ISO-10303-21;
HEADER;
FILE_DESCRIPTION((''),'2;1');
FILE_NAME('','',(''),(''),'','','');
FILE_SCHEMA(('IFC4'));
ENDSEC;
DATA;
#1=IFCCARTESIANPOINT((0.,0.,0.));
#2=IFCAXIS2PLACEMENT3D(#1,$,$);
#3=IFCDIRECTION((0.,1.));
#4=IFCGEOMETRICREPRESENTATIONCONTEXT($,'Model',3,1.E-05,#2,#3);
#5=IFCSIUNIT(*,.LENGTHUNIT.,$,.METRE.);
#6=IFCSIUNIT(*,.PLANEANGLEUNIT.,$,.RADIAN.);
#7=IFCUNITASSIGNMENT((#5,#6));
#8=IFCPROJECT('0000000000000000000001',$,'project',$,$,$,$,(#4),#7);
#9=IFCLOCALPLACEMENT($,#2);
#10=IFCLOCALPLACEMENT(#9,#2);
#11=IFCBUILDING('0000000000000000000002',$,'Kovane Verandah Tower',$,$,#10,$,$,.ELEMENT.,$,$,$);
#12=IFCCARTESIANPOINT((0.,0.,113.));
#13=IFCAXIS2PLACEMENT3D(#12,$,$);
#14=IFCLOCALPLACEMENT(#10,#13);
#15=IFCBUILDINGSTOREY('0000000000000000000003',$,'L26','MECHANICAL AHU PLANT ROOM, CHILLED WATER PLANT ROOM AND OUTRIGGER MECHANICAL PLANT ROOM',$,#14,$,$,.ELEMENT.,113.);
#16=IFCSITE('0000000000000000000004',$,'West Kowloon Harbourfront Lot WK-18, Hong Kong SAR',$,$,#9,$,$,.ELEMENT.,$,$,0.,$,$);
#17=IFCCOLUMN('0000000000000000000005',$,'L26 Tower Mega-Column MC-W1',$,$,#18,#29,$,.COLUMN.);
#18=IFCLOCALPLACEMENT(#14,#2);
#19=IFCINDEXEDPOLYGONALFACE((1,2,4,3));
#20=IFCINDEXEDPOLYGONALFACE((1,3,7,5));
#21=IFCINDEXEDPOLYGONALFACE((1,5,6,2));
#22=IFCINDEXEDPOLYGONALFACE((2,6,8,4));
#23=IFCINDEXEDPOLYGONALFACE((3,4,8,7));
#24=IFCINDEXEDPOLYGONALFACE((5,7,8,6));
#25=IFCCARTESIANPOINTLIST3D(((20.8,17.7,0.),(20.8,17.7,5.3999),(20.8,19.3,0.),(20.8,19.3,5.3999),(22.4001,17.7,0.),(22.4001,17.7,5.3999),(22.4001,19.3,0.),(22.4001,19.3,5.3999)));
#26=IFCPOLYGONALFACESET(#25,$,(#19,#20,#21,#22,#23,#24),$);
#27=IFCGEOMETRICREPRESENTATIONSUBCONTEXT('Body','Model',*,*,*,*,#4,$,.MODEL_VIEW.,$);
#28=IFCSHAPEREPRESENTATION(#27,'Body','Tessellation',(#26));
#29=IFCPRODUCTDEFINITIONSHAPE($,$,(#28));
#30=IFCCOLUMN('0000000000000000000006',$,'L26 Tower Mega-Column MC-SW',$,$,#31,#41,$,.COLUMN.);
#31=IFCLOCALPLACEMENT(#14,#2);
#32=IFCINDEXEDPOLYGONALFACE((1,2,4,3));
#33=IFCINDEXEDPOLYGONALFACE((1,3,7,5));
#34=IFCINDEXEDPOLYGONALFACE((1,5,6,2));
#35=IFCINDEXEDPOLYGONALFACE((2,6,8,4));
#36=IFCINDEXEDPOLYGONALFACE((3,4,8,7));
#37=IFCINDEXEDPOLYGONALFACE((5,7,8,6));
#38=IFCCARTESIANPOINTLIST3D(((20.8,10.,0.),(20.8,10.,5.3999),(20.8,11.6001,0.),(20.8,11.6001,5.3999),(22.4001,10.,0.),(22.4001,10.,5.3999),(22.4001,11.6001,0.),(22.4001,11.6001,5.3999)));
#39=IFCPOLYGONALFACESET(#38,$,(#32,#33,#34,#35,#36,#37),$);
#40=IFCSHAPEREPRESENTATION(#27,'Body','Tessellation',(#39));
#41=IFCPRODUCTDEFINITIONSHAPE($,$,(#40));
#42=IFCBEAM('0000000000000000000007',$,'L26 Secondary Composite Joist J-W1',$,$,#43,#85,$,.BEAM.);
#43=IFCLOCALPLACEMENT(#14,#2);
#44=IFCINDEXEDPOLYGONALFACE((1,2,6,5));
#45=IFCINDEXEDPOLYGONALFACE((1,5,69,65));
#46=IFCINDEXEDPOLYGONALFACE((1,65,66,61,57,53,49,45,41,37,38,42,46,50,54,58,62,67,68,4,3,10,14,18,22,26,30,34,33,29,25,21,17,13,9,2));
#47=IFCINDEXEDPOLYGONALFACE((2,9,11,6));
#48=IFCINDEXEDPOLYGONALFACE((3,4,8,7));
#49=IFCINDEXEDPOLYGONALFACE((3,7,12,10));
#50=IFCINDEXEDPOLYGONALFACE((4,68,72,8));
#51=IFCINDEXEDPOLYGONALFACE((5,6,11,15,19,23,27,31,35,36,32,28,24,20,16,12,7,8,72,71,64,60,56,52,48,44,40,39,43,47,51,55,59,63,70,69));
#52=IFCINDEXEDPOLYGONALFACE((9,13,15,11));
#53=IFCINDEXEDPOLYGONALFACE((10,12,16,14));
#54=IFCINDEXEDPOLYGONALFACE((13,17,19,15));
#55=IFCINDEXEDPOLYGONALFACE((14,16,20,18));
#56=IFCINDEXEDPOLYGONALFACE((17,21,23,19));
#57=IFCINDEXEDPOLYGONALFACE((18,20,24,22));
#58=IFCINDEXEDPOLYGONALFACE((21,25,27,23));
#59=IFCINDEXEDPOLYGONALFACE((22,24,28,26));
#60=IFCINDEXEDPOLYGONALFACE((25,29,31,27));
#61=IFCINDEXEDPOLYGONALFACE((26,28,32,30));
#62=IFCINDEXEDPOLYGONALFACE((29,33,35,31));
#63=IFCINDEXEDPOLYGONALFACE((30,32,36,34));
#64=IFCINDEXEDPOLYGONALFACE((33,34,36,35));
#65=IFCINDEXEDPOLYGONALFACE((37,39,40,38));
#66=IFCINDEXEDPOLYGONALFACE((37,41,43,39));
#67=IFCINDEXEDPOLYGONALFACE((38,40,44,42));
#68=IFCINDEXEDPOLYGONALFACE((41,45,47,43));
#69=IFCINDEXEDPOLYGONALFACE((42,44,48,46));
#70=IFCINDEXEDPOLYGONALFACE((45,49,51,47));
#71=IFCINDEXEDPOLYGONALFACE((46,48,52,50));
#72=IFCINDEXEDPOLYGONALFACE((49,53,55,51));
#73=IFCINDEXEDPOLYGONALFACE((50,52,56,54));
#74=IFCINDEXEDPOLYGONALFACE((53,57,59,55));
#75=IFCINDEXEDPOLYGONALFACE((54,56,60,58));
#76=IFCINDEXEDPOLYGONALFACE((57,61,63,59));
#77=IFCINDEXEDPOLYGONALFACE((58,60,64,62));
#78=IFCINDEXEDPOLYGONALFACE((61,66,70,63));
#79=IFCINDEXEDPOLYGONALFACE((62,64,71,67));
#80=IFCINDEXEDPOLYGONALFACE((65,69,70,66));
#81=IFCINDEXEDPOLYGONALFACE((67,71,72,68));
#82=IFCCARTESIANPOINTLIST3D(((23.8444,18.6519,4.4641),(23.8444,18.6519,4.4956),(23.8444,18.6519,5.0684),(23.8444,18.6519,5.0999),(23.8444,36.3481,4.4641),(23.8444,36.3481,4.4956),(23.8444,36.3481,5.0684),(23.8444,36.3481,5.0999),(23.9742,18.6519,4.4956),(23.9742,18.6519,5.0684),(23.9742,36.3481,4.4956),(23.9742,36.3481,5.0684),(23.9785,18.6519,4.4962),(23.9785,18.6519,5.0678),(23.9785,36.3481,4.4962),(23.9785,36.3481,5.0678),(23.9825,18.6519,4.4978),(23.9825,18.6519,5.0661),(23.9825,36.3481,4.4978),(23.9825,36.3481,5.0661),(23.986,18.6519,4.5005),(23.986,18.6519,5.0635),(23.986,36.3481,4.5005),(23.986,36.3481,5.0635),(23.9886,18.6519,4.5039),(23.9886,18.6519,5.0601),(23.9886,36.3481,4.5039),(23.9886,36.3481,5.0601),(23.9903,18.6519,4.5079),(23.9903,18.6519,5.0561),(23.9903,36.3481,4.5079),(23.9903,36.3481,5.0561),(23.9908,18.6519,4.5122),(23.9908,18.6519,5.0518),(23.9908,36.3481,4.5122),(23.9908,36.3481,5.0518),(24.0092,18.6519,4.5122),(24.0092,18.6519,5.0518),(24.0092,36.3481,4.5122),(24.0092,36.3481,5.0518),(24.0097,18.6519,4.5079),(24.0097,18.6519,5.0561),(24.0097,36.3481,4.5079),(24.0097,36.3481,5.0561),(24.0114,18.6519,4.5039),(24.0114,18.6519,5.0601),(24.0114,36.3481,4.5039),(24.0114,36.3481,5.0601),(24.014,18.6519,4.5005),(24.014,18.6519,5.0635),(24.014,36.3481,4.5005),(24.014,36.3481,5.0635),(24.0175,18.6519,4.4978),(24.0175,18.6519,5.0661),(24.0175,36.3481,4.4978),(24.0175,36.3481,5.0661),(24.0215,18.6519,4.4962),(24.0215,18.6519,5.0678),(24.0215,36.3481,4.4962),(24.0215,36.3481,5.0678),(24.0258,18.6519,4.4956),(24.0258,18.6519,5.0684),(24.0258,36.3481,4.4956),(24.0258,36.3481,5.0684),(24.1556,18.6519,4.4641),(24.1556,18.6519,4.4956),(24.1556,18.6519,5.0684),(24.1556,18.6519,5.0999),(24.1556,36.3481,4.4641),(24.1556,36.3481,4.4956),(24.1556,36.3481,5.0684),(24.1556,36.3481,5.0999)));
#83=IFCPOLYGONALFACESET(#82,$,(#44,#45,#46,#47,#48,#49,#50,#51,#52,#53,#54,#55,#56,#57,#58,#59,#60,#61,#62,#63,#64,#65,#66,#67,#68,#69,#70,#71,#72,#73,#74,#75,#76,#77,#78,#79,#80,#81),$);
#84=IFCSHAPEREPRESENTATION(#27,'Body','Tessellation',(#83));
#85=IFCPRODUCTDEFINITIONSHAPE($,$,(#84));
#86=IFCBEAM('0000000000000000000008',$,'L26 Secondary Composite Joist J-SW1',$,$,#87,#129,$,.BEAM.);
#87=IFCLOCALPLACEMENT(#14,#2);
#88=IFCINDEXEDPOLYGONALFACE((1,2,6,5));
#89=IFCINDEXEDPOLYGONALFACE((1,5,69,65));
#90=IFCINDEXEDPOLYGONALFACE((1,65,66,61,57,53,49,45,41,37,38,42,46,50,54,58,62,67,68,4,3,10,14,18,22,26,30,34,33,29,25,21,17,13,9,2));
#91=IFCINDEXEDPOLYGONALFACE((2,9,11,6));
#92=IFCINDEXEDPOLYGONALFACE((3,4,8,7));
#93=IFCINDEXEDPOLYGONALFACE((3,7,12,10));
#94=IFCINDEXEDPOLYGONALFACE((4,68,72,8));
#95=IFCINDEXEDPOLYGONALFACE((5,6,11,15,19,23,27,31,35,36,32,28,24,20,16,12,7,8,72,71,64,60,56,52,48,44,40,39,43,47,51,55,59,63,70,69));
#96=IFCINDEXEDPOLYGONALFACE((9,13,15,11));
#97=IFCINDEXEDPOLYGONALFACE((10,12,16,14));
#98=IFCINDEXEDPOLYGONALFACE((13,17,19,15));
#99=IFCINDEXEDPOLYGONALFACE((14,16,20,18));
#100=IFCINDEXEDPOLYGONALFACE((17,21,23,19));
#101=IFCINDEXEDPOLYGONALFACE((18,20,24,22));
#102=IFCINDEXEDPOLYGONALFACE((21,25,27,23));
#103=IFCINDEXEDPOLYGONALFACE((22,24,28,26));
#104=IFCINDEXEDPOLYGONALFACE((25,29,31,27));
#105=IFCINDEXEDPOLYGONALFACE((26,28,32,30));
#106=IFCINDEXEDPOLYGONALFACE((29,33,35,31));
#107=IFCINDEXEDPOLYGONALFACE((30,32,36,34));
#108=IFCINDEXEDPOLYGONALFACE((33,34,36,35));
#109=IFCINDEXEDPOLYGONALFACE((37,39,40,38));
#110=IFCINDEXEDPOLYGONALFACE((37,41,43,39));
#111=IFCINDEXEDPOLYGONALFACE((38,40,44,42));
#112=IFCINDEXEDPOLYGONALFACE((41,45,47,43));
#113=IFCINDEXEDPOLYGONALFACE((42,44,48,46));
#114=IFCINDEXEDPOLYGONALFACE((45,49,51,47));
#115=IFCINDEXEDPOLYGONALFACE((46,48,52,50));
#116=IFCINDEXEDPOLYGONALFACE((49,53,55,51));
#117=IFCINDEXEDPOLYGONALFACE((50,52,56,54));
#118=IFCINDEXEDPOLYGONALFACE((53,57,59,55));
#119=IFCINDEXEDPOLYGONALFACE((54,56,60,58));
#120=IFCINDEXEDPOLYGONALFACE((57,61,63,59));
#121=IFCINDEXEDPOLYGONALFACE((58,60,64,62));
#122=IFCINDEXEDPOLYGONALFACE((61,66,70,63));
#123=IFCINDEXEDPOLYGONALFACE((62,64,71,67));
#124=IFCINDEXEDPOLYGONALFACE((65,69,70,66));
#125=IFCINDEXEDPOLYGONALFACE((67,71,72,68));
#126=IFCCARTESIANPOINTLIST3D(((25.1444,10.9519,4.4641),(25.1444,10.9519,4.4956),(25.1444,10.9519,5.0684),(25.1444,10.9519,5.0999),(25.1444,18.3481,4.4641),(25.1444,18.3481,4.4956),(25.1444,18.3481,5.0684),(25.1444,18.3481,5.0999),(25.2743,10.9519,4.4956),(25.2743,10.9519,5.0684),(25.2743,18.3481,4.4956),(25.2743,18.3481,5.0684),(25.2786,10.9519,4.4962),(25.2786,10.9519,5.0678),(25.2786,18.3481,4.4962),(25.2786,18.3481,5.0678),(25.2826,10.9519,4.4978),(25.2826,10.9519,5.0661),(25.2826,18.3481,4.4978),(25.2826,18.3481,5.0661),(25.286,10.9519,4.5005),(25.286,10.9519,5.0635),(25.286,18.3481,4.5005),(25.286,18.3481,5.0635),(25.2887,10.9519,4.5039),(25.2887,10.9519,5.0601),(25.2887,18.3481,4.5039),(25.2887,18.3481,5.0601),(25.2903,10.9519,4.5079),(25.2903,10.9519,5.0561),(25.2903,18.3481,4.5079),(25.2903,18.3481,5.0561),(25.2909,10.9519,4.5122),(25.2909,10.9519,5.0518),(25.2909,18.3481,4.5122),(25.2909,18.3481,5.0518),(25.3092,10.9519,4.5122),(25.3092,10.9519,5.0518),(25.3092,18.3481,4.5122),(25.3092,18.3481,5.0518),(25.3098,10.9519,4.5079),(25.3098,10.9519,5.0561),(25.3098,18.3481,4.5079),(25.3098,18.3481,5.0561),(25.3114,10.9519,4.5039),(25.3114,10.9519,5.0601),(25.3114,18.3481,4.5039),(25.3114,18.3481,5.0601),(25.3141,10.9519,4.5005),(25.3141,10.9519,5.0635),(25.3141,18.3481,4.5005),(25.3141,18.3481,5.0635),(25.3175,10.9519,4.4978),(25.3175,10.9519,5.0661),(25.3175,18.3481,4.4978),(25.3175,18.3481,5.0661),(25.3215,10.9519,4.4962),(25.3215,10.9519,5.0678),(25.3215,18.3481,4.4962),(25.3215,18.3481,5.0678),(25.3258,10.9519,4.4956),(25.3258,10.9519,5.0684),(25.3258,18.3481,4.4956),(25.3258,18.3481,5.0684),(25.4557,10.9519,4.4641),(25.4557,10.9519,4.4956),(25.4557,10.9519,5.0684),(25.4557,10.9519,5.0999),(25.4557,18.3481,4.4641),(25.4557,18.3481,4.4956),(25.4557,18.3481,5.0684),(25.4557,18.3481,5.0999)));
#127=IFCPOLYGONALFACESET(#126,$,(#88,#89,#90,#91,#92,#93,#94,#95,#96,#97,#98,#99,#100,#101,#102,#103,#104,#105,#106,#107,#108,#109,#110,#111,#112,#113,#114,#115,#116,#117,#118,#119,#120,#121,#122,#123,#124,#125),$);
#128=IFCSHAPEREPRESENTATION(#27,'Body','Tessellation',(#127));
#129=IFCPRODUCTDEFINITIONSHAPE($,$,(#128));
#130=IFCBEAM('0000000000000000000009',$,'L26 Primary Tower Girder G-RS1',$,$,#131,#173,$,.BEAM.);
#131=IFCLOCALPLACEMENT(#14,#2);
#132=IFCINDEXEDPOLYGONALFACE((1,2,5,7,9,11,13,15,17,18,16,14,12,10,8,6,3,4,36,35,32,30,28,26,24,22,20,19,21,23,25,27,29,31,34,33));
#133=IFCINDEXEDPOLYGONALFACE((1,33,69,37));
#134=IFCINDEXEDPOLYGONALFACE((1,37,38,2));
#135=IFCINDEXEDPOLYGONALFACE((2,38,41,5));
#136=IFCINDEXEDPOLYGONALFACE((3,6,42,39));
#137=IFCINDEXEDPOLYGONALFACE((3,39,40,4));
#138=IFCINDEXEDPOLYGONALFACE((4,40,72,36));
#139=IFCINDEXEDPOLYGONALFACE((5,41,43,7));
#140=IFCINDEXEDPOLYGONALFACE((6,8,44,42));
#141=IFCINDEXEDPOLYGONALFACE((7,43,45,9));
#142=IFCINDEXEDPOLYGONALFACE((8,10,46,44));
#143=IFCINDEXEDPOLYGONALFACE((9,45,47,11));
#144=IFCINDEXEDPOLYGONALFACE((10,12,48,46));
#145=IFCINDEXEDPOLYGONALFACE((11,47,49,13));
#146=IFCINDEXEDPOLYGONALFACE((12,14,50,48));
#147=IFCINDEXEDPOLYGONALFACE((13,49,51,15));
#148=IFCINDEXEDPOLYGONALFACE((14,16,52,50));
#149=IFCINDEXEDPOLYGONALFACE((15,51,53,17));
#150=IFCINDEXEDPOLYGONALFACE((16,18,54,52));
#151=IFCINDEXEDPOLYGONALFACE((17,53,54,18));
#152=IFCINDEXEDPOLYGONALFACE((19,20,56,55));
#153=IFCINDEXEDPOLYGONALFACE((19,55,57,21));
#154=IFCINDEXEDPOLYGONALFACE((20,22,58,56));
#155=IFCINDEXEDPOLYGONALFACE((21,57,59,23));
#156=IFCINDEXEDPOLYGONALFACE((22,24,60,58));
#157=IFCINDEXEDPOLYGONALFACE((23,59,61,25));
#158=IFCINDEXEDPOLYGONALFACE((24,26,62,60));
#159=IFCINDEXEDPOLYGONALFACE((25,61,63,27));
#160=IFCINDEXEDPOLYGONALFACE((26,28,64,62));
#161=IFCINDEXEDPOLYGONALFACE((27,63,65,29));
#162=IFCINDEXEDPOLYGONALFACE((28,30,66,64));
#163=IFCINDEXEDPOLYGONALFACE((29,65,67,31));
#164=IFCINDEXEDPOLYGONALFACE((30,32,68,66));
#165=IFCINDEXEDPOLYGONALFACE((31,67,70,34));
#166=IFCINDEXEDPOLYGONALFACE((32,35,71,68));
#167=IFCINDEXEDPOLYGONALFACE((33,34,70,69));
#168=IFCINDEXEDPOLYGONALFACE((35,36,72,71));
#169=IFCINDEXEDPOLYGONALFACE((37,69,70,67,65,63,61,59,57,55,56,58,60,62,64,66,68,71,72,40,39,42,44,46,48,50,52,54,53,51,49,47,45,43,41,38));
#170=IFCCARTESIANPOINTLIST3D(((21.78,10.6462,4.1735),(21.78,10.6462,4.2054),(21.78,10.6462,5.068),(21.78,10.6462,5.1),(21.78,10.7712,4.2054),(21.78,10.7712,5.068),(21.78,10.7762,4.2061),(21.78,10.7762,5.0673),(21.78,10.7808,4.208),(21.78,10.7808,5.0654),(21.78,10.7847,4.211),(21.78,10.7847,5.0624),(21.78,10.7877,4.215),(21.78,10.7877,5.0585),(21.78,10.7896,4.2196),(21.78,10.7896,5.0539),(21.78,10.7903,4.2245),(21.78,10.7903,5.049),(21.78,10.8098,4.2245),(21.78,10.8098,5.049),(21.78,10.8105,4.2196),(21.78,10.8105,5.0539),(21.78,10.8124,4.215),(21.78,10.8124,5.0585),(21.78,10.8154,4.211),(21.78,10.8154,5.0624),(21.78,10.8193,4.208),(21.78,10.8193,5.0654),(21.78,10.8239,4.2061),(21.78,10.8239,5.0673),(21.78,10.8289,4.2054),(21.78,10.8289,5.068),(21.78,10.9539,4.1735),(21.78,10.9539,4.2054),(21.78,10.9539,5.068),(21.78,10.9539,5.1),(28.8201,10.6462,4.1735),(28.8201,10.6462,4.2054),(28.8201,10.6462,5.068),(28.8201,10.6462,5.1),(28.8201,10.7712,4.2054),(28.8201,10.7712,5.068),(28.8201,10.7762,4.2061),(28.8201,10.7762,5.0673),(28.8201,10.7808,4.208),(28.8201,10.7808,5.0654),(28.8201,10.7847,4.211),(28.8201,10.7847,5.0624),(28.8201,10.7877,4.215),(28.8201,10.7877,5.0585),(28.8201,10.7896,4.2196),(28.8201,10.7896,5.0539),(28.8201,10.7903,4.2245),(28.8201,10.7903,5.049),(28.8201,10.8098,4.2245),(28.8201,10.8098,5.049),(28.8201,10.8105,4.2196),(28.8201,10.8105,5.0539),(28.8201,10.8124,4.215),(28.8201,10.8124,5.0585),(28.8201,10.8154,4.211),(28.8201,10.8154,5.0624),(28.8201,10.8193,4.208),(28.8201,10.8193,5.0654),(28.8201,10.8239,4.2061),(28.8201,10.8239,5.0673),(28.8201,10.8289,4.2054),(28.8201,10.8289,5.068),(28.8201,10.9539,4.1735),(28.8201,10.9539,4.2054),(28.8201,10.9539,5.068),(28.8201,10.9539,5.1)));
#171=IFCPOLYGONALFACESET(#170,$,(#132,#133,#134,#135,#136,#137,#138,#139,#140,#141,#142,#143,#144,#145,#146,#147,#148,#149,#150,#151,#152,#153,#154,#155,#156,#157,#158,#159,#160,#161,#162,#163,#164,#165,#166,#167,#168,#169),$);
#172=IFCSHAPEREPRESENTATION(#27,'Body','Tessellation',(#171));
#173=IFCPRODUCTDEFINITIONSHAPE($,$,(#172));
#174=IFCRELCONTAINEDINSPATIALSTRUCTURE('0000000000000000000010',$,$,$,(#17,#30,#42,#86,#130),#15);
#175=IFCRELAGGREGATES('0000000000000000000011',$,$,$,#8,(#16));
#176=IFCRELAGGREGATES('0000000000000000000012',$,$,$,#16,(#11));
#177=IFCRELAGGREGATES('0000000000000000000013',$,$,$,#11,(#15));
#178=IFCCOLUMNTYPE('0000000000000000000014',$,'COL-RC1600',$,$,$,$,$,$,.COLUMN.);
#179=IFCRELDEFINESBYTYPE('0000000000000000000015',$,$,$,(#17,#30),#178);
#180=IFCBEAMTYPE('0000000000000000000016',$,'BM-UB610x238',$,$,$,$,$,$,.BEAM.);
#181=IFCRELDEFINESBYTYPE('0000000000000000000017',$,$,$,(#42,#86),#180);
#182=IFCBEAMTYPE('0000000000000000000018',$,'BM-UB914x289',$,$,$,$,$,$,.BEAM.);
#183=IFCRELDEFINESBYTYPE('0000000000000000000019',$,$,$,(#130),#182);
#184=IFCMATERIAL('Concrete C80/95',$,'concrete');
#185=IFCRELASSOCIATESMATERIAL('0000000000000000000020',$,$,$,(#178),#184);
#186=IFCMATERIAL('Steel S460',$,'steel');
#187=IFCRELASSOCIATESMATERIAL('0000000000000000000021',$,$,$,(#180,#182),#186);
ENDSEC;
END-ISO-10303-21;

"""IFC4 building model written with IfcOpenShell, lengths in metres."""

from ifc_helpers import new_model, si_unit, direction, frame, origin, origin_2d, place, context, subcontext, project, spatial, rectangle, i_section, extrude, material, material_profile, profile_set, type_object, element, save


model = new_model("IFC4")

# Units and contexts
model_context = context("Model", 3, precision=1e-05, world=origin(), true_north=direction((0.0, 1.0)))
body_context = subcontext(model_context, "Body", "Model", "MODEL_VIEW")
ifc_project = project(units=[si_unit("LENGTHUNIT", "METRE"), si_unit("PLANEANGLEUNIT", "RADIAN")], contexts=[model_context])

# Site, building, storey
site_placement = place(None, origin())
site = spatial("IfcSite", under=ifc_project, at=site_placement, Name="West Kowloon Harbourfront Lot WK-18, Hong Kong SAR", CompositionType="ELEMENT", RefElevation=0.0)
building_placement = place(site_placement, origin())
building = spatial("IfcBuilding", under=site, at=building_placement, Name="Kovane Verandah Tower", CompositionType="ELEMENT")
storey_placement = place(building_placement, frame((0.0, 0.0, 113.0)))
storey = spatial("IfcBuildingStorey", under=building, at=storey_placement, Name="L26", Description="MECHANICAL AHU PLANT ROOM, CHILLED WATER PLANT ROOM AND OUTRIGGER MECHANICAL PLANT ROOM", CompositionType="ELEMENT", Elevation=113.0)

# Columns
ifc_material_1 = material(Name="Concrete C80/95", Category="concrete")
ifc_material_profile_1 = material_profile(ifc_material_1, rectangle(XDim=1.6001, YDim=1.6001, at=origin_2d()), Name="RC1600x1600")
ifc_profile_set_1 = profile_set([ifc_material_profile_1], Name="Concrete C80/95")
column_type = type_object("IfcColumnType", Name="COL-RC1600", PredefinedType="COLUMN", material=ifc_profile_set_1)
for number, where, z_axis, x_axis, name in (
    (1, (21.6001, 18.5, 0.0), (0.0, 0.0, 1.0), (1.0, 0.0, 0.0), "L26 Tower Mega-Column MC-W1"),
    (2, (21.6001, 10.8, 0.0), (0.0, 0.0, 1.0), (1.0, 0.0, 0.0), "L26 Tower Mega-Column MC-SW"),
):
    element("IfcColumn", number, at=place(storey_placement, frame(where, z_axis=z_axis, x_axis=x_axis)), inside=storey, type_object=column_type, Name=name, PredefinedType="COLUMN", context=body_context, shape_type="SweptSolid", body=[
        extrude(rectangle(XDim=1.6001, YDim=1.6001, at=origin_2d()), origin(), (0.0, 0.0, 1.0), 5.3999),
    ])

# Beams
ifc_material_2 = material(Name="Steel S460", Category="steel")
ifc_material_profile_2 = material_profile(ifc_material_2, i_section(OverallWidth=0.3113, OverallDepth=0.6357, WebThickness=0.0183, FlangeThickness=0.0315, FilletRadius=0.0166, at=origin_2d()), Name="UB610x305x238")
ifc_profile_set_2 = profile_set([ifc_material_profile_2], Name="Steel S460")
beam_type_1 = type_object("IfcBeamType", Name="BM-UB610x238", PredefinedType="BEAM", material=ifc_profile_set_2)
beam_1_placement = place(storey_placement, frame((24.0, 18.6519, 4.782), z_axis=(0.0, 1.0, 0.0), x_axis=(-1.0, 0.0, 0.0)))
element("IfcBeam", 3, at=beam_1_placement, inside=storey, type_object=beam_type_1, Name="L26 Secondary Composite Joist J-W1", PredefinedType="BEAM", context=body_context, shape_type="SweptSolid", body=[
    extrude(i_section(OverallWidth=0.3113, OverallDepth=0.6357, WebThickness=0.0183, FlangeThickness=0.0315, FilletRadius=0.0166, at=origin_2d()), origin(), (0.0, 0.0, 1.0), 17.6963),
])
beam_2_placement = place(storey_placement, frame((25.3, 10.9519, 4.782), z_axis=(0.0, 1.0, 0.0), x_axis=(-1.0, 0.0, 0.0)))
element("IfcBeam", 4, at=beam_2_placement, inside=storey, type_object=beam_type_1, Name="L26 Secondary Composite Joist J-SW1", PredefinedType="BEAM", context=body_context, shape_type="SweptSolid", body=[
    extrude(i_section(OverallWidth=0.3113, OverallDepth=0.6357, WebThickness=0.0183, FlangeThickness=0.0315, FilletRadius=0.0166, at=origin_2d()), origin(), (0.0, 0.0, 1.0), 7.3962),
])
ifc_material_profile_3 = material_profile(ifc_material_2, i_section(OverallWidth=0.3076, OverallDepth=0.9265, WebThickness=0.0195, FlangeThickness=0.032, FilletRadius=0.019, at=origin_2d()), Name="UB914x305x289")
ifc_profile_set_3 = profile_set([ifc_material_profile_3], Name="Steel S460")
beam_type_2 = type_object("IfcBeamType", Name="BM-UB914x289", PredefinedType="BEAM", material=ifc_profile_set_3)
beam_3_placement = place(storey_placement, frame((21.78, 10.8, 4.6367), z_axis=(1.0, 0.0, 0.0), x_axis=(0.0, 1.0, 0.0)))
element("IfcBeam", 5, at=beam_3_placement, inside=storey, type_object=beam_type_2, Name="L26 Primary Tower Girder G-RS1", PredefinedType="BEAM", context=body_context, shape_type="SweptSolid", body=[
    extrude(i_section(OverallWidth=0.3076, OverallDepth=0.9265, WebThickness=0.0195, FlangeThickness=0.032, FilletRadius=0.019, at=origin_2d()), origin(), (0.0, 0.0, 1.0), 7.04),
])

save(model, "model.ifc")
